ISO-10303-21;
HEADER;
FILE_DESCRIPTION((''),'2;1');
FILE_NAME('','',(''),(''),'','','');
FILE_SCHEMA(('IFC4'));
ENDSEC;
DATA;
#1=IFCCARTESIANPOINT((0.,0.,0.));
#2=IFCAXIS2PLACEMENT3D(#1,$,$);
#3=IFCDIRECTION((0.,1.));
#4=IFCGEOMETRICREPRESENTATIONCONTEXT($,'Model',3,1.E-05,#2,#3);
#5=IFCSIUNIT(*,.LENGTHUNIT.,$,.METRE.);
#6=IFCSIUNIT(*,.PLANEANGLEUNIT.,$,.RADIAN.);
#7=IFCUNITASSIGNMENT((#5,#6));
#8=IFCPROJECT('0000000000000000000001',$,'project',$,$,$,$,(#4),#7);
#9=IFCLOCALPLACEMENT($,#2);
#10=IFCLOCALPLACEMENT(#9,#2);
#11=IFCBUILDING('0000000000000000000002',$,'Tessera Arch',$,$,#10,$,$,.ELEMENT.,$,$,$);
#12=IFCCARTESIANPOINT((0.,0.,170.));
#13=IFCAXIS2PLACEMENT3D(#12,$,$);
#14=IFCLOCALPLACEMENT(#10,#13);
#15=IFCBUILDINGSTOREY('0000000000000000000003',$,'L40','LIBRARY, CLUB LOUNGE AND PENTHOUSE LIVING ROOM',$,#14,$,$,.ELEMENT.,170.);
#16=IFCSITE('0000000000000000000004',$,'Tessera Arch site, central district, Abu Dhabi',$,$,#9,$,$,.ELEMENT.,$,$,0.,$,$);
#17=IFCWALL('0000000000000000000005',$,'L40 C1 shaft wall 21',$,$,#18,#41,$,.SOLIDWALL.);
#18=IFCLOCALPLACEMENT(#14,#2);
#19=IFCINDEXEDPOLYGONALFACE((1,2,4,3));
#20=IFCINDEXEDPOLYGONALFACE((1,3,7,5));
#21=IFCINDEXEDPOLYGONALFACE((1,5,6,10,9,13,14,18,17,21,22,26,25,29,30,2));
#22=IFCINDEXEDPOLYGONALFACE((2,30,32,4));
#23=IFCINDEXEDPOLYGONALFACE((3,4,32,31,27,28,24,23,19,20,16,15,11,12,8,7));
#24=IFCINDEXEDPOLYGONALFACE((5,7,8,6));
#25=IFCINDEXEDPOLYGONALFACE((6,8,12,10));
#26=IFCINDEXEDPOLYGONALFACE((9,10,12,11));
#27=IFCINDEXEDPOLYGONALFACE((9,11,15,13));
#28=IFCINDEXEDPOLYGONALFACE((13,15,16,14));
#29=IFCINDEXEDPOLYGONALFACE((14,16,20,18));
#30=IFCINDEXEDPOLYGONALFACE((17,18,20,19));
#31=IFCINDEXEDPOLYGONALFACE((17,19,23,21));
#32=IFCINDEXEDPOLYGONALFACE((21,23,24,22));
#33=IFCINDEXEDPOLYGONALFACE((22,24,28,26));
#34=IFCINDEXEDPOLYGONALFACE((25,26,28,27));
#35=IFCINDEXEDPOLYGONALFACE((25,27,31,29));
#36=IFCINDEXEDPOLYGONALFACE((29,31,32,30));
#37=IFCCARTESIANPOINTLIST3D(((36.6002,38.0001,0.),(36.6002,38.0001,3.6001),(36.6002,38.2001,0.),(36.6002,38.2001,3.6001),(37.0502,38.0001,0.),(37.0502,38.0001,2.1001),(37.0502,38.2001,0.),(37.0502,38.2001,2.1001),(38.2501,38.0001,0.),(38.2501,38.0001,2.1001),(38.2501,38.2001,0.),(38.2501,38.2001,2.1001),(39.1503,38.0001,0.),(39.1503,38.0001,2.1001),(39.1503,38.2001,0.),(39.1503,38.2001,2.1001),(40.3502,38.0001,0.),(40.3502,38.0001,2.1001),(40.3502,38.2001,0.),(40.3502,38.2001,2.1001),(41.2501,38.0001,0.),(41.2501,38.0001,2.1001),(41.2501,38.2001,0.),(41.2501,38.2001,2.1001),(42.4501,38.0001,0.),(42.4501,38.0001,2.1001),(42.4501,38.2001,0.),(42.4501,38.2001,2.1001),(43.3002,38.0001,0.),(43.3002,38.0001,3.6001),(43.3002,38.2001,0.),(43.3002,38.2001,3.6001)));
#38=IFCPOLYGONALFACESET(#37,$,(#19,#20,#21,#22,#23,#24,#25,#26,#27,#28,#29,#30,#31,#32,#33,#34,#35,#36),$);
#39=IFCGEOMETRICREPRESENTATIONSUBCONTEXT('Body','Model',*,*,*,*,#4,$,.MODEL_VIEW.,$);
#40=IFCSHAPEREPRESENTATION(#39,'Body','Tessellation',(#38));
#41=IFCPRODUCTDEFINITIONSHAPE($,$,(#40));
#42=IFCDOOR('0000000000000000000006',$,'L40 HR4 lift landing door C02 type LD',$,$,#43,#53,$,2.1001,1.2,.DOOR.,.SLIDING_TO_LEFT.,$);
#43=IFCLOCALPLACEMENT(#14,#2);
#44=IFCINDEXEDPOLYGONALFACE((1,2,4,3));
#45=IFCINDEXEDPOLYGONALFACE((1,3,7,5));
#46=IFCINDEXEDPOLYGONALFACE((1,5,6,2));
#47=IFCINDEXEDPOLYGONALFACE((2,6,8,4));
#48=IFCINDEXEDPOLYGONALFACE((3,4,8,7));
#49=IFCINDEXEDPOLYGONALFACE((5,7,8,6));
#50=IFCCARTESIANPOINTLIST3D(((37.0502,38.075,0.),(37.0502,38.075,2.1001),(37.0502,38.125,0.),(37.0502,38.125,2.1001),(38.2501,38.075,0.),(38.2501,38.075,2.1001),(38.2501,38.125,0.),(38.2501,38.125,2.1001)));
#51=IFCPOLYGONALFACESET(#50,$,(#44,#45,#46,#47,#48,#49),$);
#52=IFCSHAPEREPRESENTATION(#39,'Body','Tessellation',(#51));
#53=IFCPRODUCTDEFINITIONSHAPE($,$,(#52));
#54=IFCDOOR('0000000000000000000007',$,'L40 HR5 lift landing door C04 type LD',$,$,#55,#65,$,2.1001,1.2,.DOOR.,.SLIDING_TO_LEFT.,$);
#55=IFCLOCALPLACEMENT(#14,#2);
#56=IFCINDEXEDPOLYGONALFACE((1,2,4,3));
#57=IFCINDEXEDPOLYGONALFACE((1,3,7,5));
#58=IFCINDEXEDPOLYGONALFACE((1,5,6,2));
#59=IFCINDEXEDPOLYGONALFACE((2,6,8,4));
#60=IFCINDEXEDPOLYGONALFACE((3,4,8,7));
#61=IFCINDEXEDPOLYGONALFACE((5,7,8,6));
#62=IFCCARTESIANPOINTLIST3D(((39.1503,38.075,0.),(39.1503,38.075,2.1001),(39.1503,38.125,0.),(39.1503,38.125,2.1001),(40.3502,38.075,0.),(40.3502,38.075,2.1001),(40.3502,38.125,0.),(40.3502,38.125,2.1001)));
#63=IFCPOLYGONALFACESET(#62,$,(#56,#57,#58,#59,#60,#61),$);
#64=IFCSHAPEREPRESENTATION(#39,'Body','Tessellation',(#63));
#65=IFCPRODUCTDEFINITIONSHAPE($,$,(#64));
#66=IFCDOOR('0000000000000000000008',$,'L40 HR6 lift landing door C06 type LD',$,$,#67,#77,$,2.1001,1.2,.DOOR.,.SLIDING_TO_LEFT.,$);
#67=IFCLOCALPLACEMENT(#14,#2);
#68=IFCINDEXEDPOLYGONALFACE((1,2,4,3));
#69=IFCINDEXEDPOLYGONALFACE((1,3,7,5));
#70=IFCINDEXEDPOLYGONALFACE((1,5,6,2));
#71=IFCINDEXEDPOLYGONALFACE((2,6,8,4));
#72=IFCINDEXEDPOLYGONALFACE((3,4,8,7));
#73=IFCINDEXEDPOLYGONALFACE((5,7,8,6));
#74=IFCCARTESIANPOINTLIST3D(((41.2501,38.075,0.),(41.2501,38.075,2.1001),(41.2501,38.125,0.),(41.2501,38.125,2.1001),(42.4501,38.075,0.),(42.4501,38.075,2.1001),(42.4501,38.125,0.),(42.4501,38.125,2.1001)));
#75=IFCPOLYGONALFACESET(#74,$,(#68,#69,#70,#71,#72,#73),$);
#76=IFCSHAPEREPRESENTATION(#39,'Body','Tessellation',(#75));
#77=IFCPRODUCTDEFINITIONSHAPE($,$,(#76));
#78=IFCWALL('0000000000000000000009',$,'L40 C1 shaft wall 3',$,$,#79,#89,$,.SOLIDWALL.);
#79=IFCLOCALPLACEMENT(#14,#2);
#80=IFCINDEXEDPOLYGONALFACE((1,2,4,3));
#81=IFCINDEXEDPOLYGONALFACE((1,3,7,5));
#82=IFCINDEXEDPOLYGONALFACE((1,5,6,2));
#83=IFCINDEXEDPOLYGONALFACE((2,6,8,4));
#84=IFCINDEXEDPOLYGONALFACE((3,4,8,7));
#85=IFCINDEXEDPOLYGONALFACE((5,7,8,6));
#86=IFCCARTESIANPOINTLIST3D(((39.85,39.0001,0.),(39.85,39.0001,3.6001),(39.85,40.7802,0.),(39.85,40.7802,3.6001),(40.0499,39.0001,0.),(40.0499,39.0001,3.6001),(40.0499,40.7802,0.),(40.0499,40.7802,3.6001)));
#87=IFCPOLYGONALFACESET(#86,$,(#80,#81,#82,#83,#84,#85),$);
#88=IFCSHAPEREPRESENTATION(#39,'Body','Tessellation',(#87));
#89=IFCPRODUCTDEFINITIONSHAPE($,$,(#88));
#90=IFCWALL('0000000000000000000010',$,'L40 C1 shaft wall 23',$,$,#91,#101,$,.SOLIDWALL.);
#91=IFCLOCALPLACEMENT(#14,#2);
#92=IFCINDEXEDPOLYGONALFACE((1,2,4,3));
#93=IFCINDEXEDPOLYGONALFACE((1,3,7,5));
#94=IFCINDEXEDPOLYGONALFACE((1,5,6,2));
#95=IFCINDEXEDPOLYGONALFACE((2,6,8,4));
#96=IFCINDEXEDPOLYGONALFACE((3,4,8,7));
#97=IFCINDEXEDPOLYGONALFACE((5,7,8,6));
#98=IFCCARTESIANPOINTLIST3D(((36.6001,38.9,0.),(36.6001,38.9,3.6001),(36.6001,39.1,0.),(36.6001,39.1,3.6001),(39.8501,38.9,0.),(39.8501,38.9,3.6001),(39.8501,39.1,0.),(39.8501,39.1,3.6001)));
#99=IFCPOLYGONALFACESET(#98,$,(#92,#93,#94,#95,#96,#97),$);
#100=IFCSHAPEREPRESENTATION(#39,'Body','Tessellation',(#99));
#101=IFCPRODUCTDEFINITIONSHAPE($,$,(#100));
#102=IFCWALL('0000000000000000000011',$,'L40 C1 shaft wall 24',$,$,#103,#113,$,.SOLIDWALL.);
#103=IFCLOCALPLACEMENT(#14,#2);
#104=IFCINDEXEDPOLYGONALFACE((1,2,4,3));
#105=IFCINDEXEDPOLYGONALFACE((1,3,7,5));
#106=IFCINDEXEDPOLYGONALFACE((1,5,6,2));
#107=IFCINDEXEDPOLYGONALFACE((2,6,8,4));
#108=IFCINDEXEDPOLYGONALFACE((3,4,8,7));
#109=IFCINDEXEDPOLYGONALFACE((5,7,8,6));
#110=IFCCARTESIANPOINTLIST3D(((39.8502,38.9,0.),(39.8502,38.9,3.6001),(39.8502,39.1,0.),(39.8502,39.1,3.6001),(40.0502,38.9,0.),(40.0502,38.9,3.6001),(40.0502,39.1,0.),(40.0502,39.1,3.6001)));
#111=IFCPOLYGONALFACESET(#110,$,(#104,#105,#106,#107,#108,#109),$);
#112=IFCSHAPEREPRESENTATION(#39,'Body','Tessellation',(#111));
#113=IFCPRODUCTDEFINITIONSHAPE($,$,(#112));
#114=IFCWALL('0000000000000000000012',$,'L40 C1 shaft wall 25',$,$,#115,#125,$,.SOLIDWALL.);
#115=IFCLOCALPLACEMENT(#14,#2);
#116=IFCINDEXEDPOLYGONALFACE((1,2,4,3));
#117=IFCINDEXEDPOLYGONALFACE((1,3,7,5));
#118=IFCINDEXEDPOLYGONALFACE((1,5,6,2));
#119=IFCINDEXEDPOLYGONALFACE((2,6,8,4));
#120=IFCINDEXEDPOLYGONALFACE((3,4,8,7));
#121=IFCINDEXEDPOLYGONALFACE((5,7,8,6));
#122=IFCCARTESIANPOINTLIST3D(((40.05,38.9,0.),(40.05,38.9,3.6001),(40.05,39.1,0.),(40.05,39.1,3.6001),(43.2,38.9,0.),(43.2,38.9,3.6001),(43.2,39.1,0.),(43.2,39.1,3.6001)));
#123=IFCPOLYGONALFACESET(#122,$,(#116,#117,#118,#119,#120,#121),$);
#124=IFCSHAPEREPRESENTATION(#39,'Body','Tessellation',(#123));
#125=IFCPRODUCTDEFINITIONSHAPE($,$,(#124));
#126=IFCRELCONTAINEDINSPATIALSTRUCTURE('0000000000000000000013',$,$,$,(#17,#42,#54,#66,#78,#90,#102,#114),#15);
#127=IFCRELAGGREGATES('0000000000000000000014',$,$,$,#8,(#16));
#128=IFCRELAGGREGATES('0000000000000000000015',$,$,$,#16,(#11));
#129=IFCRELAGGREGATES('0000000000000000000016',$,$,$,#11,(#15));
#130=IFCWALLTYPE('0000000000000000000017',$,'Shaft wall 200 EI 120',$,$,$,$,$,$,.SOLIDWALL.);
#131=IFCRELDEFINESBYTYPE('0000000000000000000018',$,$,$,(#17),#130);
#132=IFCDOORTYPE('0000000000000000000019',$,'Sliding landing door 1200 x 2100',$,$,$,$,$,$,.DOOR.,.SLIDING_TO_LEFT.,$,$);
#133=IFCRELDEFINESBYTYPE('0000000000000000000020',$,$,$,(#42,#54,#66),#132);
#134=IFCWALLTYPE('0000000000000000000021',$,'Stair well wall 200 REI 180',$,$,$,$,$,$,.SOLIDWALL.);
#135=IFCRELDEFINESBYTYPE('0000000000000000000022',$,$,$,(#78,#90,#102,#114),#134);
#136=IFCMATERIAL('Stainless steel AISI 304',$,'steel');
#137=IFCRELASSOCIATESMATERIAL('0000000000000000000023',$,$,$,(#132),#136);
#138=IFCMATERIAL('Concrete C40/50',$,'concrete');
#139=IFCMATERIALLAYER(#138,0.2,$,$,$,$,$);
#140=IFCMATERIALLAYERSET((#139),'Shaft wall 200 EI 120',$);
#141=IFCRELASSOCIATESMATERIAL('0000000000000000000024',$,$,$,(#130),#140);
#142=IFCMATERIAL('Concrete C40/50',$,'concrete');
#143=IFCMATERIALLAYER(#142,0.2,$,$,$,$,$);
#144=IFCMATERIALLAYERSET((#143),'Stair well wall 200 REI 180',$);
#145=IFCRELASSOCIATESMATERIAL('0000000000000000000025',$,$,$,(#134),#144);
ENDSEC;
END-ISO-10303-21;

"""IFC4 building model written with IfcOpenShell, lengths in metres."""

from ifc_helpers import new_model, si_unit, direction, frame, frame_2d, origin, place, context, subcontext, project, spatial, rectangle, extrude, material, layer, layer_set, type_object, element, fill, save


model = new_model("IFC4")

# Units and contexts
model_context = context("Model", 3, precision=1e-05, world=origin(), true_north=direction((0.0, 1.0)))
body_context = subcontext(model_context, "Body", "Model", "MODEL_VIEW")
ifc_project = project(units=[si_unit("LENGTHUNIT", "METRE"), si_unit("PLANEANGLEUNIT", "RADIAN")], contexts=[model_context])

# Site, building, storey
site_placement = place(None, origin())
site = spatial("IfcSite", under=ifc_project, at=site_placement, Name="Tessera Arch site, central district, Abu Dhabi", CompositionType="ELEMENT", RefElevation=0.0)
building_placement = place(site_placement, origin())
building = spatial("IfcBuilding", under=site, at=building_placement, Name="Tessera Arch", CompositionType="ELEMENT")
storey_placement = place(building_placement, frame((0.0, 0.0, 170.0)))
storey = spatial("IfcBuildingStorey", under=building, at=storey_placement, Name="L40", Description="LIBRARY, CLUB LOUNGE AND PENTHOUSE LIVING ROOM", CompositionType="ELEMENT", Elevation=170.0)

# Shared definitions
ifc_material_1 = material(Name="Stainless steel AISI 304", Category="steel")
door_type_1 = type_object("IfcDoorType", Name="Sliding landing door 1200 x 2100", OperationType="SLIDING_TO_LEFT", PredefinedType="DOOR", material=ifc_material_1)

# Shared definitions
ifc_material_2 = material(Name="Concrete C40/50", Category="concrete")
ifc_layer_1 = layer(ifc_material_2, 0.2)
ifc_layer_set_1 = layer_set([ifc_layer_1], Name="Shaft wall 200 EI 120")
wall_type_1 = type_object("IfcWallType", Name="Shaft wall 200 EI 120", PredefinedType="SOLIDWALL", material=ifc_layer_set_1)

# Wall, openings, doors
wall_1_placement = place(storey_placement, frame((36.6001, 38.1001, 0.0), z_axis=(0.0, 0.0, 1.0), x_axis=(1.0, 0.0, 0.0)))
wall_1 = element("IfcWall", 1, at=wall_1_placement, inside=storey, type_object=wall_type_1, Name="L40 C1 shaft wall 21", PredefinedType="SOLIDWALL", context=body_context, shape_type="SweptSolid", body=[
    extrude(rectangle(XDim=6.7, YDim=0.2, at=frame_2d((3.3501, 0.0))), origin(), (0.0, 0.0, 1.0), 3.6001),
])
opening_1_placement = place(wall_1_placement, frame((0.45, 0.0, 0.0)))
opening_1 = element("IfcOpeningElement", 2, at=opening_1_placement, cuts=wall_1, PredefinedType="OPENING", context=body_context, shape_type="SweptSolid", body=[
    extrude(rectangle(XDim=1.2, YDim=2.1001, at=frame_2d((0.6001, 1.05))), frame((0.0, 0.1099, 0.0), z_axis=(0.0, -1.0, 0.0), x_axis=(1.0, 0.0, 0.0)), (0.0, 0.0, 1.0), 0.22),
])
opening_2_placement = place(wall_1_placement, frame((2.55, 0.0, 0.0)))
opening_2 = element("IfcOpeningElement", 3, at=opening_2_placement, cuts=wall_1, PredefinedType="OPENING", context=body_context, shape_type="SweptSolid", body=[
    extrude(rectangle(XDim=1.2, YDim=2.1001, at=frame_2d((0.6001, 1.05))), frame((0.0, 0.1099, 0.0), z_axis=(0.0, -1.0, 0.0), x_axis=(1.0, 0.0, 0.0)), (0.0, 0.0, 1.0), 0.22),
])
opening_3_placement = place(wall_1_placement, frame((4.6499, 0.0, 0.0)))
opening_3 = element("IfcOpeningElement", 4, at=opening_3_placement, cuts=wall_1, PredefinedType="OPENING", context=body_context, shape_type="SweptSolid", body=[
    extrude(rectangle(XDim=1.2, YDim=2.1001, at=frame_2d((0.6001, 1.05))), frame((0.0, 0.1099, 0.0), z_axis=(0.0, -1.0, 0.0), x_axis=(1.0, 0.0, 0.0)), (0.0, 0.0, 1.0), 0.22),
])
door_1_placement = place(opening_1_placement, origin())
door_1 = element("IfcDoor", 5, at=door_1_placement, inside=storey, type_object=door_type_1, Name="L40 HR4 lift landing door C02 type LD", OperationType="SLIDING_TO_LEFT", OverallHeight=2.1001, OverallWidth=1.2, PredefinedType="DOOR", context=body_context, shape_type="SweptSolid", body=[
    extrude(rectangle(XDim=1.2, YDim=2.1001, at=frame_2d((0.6001, 1.05))), frame((0.0, 0.0249, 0.0), z_axis=(0.0, -1.0, 0.0), x_axis=(1.0, 0.0, 0.0)), (0.0, 0.0, 1.0), 0.05),
])
fill(opening_1, door_1)
door_2_placement = place(opening_2_placement, origin())
door_2 = element("IfcDoor", 6, at=door_2_placement, inside=storey, type_object=door_type_1, Name="L40 HR5 lift landing door C04 type LD", OperationType="SLIDING_TO_LEFT", OverallHeight=2.1001, OverallWidth=1.2, PredefinedType="DOOR", context=body_context, shape_type="SweptSolid", body=[
    extrude(rectangle(XDim=1.2, YDim=2.1001, at=frame_2d((0.6001, 1.05))), frame((0.0, 0.0249, 0.0), z_axis=(0.0, -1.0, 0.0), x_axis=(1.0, 0.0, 0.0)), (0.0, 0.0, 1.0), 0.05),
])
fill(opening_2, door_2)
door_3_placement = place(opening_3_placement, origin())
door_3 = element("IfcDoor", 7, at=door_3_placement, inside=storey, type_object=door_type_1, Name="L40 HR6 lift landing door C06 type LD", OperationType="SLIDING_TO_LEFT", OverallHeight=2.1001, OverallWidth=1.2, PredefinedType="DOOR", context=body_context, shape_type="SweptSolid", body=[
    extrude(rectangle(XDim=1.2, YDim=2.1001, at=frame_2d((0.6001, 1.05))), frame((0.0, 0.0249, 0.0), z_axis=(0.0, -1.0, 0.0), x_axis=(1.0, 0.0, 0.0)), (0.0, 0.0, 1.0), 0.05),
])
fill(opening_3, door_3)

# Walls
ifc_material_3 = material(Name="Concrete C40/50", Category="concrete")
ifc_layer_2 = layer(ifc_material_3, 0.2)
ifc_layer_set_2 = layer_set([ifc_layer_2], Name="Stair well wall 200 REI 180")
wall_type_2 = type_object("IfcWallType", Name="Stair well wall 200 REI 180", PredefinedType="SOLIDWALL", material=ifc_layer_set_2)
wall_2_placement = place(storey_placement, frame((39.95, 39.0, 0.0), z_axis=(0.0, 0.0, 1.0), x_axis=(0.0, 1.0, 0.0)))
element("IfcWall", 8, at=wall_2_placement, inside=storey, type_object=wall_type_2, Name="L40 C1 shaft wall 3", PredefinedType="SOLIDWALL", context=body_context, shape_type="SweptSolid", body=[
    extrude(rectangle(XDim=1.78, YDim=0.2, at=frame_2d((0.8901, 0.0))), origin(), (0.0, 0.0, 1.0), 3.6001),
])
wall_3_placement = place(storey_placement, frame((36.6001, 39.0, 0.0), z_axis=(0.0, 0.0, 1.0), x_axis=(1.0, 0.0, 0.0)))
element("IfcWall", 9, at=wall_3_placement, inside=storey, type_object=wall_type_2, Name="L40 C1 shaft wall 23", PredefinedType="SOLIDWALL", context=body_context, shape_type="SweptSolid", body=[
    extrude(rectangle(XDim=3.25, YDim=0.2, at=frame_2d((1.625, 0.0))), origin(), (0.0, 0.0, 1.0), 3.6001),
])
wall_4_placement = place(storey_placement, frame((39.8501, 39.0, 0.0), z_axis=(0.0, 0.0, 1.0), x_axis=(1.0, 0.0, 0.0)))
element("IfcWall", 10, at=wall_4_placement, inside=storey, type_object=wall_type_2, Name="L40 C1 shaft wall 24", PredefinedType="SOLIDWALL", context=body_context, shape_type="SweptSolid", body=[
    extrude(rectangle(XDim=0.2, YDim=0.2, at=frame_2d((0.1001, 0.0))), origin(), (0.0, 0.0, 1.0), 3.6001),
])
wall_5_placement = place(storey_placement, frame((40.05, 39.0, 0.0), z_axis=(0.0, 0.0, 1.0), x_axis=(1.0, 0.0, 0.0)))
element("IfcWall", 11, at=wall_5_placement, inside=storey, type_object=wall_type_2, Name="L40 C1 shaft wall 25", PredefinedType="SOLIDWALL", context=body_context, shape_type="SweptSolid", body=[
    extrude(rectangle(XDim=3.1499, YDim=0.2, at=frame_2d((1.575, 0.0))), origin(), (0.0, 0.0, 1.0), 3.6001),
])

save(model, "model.ifc")
